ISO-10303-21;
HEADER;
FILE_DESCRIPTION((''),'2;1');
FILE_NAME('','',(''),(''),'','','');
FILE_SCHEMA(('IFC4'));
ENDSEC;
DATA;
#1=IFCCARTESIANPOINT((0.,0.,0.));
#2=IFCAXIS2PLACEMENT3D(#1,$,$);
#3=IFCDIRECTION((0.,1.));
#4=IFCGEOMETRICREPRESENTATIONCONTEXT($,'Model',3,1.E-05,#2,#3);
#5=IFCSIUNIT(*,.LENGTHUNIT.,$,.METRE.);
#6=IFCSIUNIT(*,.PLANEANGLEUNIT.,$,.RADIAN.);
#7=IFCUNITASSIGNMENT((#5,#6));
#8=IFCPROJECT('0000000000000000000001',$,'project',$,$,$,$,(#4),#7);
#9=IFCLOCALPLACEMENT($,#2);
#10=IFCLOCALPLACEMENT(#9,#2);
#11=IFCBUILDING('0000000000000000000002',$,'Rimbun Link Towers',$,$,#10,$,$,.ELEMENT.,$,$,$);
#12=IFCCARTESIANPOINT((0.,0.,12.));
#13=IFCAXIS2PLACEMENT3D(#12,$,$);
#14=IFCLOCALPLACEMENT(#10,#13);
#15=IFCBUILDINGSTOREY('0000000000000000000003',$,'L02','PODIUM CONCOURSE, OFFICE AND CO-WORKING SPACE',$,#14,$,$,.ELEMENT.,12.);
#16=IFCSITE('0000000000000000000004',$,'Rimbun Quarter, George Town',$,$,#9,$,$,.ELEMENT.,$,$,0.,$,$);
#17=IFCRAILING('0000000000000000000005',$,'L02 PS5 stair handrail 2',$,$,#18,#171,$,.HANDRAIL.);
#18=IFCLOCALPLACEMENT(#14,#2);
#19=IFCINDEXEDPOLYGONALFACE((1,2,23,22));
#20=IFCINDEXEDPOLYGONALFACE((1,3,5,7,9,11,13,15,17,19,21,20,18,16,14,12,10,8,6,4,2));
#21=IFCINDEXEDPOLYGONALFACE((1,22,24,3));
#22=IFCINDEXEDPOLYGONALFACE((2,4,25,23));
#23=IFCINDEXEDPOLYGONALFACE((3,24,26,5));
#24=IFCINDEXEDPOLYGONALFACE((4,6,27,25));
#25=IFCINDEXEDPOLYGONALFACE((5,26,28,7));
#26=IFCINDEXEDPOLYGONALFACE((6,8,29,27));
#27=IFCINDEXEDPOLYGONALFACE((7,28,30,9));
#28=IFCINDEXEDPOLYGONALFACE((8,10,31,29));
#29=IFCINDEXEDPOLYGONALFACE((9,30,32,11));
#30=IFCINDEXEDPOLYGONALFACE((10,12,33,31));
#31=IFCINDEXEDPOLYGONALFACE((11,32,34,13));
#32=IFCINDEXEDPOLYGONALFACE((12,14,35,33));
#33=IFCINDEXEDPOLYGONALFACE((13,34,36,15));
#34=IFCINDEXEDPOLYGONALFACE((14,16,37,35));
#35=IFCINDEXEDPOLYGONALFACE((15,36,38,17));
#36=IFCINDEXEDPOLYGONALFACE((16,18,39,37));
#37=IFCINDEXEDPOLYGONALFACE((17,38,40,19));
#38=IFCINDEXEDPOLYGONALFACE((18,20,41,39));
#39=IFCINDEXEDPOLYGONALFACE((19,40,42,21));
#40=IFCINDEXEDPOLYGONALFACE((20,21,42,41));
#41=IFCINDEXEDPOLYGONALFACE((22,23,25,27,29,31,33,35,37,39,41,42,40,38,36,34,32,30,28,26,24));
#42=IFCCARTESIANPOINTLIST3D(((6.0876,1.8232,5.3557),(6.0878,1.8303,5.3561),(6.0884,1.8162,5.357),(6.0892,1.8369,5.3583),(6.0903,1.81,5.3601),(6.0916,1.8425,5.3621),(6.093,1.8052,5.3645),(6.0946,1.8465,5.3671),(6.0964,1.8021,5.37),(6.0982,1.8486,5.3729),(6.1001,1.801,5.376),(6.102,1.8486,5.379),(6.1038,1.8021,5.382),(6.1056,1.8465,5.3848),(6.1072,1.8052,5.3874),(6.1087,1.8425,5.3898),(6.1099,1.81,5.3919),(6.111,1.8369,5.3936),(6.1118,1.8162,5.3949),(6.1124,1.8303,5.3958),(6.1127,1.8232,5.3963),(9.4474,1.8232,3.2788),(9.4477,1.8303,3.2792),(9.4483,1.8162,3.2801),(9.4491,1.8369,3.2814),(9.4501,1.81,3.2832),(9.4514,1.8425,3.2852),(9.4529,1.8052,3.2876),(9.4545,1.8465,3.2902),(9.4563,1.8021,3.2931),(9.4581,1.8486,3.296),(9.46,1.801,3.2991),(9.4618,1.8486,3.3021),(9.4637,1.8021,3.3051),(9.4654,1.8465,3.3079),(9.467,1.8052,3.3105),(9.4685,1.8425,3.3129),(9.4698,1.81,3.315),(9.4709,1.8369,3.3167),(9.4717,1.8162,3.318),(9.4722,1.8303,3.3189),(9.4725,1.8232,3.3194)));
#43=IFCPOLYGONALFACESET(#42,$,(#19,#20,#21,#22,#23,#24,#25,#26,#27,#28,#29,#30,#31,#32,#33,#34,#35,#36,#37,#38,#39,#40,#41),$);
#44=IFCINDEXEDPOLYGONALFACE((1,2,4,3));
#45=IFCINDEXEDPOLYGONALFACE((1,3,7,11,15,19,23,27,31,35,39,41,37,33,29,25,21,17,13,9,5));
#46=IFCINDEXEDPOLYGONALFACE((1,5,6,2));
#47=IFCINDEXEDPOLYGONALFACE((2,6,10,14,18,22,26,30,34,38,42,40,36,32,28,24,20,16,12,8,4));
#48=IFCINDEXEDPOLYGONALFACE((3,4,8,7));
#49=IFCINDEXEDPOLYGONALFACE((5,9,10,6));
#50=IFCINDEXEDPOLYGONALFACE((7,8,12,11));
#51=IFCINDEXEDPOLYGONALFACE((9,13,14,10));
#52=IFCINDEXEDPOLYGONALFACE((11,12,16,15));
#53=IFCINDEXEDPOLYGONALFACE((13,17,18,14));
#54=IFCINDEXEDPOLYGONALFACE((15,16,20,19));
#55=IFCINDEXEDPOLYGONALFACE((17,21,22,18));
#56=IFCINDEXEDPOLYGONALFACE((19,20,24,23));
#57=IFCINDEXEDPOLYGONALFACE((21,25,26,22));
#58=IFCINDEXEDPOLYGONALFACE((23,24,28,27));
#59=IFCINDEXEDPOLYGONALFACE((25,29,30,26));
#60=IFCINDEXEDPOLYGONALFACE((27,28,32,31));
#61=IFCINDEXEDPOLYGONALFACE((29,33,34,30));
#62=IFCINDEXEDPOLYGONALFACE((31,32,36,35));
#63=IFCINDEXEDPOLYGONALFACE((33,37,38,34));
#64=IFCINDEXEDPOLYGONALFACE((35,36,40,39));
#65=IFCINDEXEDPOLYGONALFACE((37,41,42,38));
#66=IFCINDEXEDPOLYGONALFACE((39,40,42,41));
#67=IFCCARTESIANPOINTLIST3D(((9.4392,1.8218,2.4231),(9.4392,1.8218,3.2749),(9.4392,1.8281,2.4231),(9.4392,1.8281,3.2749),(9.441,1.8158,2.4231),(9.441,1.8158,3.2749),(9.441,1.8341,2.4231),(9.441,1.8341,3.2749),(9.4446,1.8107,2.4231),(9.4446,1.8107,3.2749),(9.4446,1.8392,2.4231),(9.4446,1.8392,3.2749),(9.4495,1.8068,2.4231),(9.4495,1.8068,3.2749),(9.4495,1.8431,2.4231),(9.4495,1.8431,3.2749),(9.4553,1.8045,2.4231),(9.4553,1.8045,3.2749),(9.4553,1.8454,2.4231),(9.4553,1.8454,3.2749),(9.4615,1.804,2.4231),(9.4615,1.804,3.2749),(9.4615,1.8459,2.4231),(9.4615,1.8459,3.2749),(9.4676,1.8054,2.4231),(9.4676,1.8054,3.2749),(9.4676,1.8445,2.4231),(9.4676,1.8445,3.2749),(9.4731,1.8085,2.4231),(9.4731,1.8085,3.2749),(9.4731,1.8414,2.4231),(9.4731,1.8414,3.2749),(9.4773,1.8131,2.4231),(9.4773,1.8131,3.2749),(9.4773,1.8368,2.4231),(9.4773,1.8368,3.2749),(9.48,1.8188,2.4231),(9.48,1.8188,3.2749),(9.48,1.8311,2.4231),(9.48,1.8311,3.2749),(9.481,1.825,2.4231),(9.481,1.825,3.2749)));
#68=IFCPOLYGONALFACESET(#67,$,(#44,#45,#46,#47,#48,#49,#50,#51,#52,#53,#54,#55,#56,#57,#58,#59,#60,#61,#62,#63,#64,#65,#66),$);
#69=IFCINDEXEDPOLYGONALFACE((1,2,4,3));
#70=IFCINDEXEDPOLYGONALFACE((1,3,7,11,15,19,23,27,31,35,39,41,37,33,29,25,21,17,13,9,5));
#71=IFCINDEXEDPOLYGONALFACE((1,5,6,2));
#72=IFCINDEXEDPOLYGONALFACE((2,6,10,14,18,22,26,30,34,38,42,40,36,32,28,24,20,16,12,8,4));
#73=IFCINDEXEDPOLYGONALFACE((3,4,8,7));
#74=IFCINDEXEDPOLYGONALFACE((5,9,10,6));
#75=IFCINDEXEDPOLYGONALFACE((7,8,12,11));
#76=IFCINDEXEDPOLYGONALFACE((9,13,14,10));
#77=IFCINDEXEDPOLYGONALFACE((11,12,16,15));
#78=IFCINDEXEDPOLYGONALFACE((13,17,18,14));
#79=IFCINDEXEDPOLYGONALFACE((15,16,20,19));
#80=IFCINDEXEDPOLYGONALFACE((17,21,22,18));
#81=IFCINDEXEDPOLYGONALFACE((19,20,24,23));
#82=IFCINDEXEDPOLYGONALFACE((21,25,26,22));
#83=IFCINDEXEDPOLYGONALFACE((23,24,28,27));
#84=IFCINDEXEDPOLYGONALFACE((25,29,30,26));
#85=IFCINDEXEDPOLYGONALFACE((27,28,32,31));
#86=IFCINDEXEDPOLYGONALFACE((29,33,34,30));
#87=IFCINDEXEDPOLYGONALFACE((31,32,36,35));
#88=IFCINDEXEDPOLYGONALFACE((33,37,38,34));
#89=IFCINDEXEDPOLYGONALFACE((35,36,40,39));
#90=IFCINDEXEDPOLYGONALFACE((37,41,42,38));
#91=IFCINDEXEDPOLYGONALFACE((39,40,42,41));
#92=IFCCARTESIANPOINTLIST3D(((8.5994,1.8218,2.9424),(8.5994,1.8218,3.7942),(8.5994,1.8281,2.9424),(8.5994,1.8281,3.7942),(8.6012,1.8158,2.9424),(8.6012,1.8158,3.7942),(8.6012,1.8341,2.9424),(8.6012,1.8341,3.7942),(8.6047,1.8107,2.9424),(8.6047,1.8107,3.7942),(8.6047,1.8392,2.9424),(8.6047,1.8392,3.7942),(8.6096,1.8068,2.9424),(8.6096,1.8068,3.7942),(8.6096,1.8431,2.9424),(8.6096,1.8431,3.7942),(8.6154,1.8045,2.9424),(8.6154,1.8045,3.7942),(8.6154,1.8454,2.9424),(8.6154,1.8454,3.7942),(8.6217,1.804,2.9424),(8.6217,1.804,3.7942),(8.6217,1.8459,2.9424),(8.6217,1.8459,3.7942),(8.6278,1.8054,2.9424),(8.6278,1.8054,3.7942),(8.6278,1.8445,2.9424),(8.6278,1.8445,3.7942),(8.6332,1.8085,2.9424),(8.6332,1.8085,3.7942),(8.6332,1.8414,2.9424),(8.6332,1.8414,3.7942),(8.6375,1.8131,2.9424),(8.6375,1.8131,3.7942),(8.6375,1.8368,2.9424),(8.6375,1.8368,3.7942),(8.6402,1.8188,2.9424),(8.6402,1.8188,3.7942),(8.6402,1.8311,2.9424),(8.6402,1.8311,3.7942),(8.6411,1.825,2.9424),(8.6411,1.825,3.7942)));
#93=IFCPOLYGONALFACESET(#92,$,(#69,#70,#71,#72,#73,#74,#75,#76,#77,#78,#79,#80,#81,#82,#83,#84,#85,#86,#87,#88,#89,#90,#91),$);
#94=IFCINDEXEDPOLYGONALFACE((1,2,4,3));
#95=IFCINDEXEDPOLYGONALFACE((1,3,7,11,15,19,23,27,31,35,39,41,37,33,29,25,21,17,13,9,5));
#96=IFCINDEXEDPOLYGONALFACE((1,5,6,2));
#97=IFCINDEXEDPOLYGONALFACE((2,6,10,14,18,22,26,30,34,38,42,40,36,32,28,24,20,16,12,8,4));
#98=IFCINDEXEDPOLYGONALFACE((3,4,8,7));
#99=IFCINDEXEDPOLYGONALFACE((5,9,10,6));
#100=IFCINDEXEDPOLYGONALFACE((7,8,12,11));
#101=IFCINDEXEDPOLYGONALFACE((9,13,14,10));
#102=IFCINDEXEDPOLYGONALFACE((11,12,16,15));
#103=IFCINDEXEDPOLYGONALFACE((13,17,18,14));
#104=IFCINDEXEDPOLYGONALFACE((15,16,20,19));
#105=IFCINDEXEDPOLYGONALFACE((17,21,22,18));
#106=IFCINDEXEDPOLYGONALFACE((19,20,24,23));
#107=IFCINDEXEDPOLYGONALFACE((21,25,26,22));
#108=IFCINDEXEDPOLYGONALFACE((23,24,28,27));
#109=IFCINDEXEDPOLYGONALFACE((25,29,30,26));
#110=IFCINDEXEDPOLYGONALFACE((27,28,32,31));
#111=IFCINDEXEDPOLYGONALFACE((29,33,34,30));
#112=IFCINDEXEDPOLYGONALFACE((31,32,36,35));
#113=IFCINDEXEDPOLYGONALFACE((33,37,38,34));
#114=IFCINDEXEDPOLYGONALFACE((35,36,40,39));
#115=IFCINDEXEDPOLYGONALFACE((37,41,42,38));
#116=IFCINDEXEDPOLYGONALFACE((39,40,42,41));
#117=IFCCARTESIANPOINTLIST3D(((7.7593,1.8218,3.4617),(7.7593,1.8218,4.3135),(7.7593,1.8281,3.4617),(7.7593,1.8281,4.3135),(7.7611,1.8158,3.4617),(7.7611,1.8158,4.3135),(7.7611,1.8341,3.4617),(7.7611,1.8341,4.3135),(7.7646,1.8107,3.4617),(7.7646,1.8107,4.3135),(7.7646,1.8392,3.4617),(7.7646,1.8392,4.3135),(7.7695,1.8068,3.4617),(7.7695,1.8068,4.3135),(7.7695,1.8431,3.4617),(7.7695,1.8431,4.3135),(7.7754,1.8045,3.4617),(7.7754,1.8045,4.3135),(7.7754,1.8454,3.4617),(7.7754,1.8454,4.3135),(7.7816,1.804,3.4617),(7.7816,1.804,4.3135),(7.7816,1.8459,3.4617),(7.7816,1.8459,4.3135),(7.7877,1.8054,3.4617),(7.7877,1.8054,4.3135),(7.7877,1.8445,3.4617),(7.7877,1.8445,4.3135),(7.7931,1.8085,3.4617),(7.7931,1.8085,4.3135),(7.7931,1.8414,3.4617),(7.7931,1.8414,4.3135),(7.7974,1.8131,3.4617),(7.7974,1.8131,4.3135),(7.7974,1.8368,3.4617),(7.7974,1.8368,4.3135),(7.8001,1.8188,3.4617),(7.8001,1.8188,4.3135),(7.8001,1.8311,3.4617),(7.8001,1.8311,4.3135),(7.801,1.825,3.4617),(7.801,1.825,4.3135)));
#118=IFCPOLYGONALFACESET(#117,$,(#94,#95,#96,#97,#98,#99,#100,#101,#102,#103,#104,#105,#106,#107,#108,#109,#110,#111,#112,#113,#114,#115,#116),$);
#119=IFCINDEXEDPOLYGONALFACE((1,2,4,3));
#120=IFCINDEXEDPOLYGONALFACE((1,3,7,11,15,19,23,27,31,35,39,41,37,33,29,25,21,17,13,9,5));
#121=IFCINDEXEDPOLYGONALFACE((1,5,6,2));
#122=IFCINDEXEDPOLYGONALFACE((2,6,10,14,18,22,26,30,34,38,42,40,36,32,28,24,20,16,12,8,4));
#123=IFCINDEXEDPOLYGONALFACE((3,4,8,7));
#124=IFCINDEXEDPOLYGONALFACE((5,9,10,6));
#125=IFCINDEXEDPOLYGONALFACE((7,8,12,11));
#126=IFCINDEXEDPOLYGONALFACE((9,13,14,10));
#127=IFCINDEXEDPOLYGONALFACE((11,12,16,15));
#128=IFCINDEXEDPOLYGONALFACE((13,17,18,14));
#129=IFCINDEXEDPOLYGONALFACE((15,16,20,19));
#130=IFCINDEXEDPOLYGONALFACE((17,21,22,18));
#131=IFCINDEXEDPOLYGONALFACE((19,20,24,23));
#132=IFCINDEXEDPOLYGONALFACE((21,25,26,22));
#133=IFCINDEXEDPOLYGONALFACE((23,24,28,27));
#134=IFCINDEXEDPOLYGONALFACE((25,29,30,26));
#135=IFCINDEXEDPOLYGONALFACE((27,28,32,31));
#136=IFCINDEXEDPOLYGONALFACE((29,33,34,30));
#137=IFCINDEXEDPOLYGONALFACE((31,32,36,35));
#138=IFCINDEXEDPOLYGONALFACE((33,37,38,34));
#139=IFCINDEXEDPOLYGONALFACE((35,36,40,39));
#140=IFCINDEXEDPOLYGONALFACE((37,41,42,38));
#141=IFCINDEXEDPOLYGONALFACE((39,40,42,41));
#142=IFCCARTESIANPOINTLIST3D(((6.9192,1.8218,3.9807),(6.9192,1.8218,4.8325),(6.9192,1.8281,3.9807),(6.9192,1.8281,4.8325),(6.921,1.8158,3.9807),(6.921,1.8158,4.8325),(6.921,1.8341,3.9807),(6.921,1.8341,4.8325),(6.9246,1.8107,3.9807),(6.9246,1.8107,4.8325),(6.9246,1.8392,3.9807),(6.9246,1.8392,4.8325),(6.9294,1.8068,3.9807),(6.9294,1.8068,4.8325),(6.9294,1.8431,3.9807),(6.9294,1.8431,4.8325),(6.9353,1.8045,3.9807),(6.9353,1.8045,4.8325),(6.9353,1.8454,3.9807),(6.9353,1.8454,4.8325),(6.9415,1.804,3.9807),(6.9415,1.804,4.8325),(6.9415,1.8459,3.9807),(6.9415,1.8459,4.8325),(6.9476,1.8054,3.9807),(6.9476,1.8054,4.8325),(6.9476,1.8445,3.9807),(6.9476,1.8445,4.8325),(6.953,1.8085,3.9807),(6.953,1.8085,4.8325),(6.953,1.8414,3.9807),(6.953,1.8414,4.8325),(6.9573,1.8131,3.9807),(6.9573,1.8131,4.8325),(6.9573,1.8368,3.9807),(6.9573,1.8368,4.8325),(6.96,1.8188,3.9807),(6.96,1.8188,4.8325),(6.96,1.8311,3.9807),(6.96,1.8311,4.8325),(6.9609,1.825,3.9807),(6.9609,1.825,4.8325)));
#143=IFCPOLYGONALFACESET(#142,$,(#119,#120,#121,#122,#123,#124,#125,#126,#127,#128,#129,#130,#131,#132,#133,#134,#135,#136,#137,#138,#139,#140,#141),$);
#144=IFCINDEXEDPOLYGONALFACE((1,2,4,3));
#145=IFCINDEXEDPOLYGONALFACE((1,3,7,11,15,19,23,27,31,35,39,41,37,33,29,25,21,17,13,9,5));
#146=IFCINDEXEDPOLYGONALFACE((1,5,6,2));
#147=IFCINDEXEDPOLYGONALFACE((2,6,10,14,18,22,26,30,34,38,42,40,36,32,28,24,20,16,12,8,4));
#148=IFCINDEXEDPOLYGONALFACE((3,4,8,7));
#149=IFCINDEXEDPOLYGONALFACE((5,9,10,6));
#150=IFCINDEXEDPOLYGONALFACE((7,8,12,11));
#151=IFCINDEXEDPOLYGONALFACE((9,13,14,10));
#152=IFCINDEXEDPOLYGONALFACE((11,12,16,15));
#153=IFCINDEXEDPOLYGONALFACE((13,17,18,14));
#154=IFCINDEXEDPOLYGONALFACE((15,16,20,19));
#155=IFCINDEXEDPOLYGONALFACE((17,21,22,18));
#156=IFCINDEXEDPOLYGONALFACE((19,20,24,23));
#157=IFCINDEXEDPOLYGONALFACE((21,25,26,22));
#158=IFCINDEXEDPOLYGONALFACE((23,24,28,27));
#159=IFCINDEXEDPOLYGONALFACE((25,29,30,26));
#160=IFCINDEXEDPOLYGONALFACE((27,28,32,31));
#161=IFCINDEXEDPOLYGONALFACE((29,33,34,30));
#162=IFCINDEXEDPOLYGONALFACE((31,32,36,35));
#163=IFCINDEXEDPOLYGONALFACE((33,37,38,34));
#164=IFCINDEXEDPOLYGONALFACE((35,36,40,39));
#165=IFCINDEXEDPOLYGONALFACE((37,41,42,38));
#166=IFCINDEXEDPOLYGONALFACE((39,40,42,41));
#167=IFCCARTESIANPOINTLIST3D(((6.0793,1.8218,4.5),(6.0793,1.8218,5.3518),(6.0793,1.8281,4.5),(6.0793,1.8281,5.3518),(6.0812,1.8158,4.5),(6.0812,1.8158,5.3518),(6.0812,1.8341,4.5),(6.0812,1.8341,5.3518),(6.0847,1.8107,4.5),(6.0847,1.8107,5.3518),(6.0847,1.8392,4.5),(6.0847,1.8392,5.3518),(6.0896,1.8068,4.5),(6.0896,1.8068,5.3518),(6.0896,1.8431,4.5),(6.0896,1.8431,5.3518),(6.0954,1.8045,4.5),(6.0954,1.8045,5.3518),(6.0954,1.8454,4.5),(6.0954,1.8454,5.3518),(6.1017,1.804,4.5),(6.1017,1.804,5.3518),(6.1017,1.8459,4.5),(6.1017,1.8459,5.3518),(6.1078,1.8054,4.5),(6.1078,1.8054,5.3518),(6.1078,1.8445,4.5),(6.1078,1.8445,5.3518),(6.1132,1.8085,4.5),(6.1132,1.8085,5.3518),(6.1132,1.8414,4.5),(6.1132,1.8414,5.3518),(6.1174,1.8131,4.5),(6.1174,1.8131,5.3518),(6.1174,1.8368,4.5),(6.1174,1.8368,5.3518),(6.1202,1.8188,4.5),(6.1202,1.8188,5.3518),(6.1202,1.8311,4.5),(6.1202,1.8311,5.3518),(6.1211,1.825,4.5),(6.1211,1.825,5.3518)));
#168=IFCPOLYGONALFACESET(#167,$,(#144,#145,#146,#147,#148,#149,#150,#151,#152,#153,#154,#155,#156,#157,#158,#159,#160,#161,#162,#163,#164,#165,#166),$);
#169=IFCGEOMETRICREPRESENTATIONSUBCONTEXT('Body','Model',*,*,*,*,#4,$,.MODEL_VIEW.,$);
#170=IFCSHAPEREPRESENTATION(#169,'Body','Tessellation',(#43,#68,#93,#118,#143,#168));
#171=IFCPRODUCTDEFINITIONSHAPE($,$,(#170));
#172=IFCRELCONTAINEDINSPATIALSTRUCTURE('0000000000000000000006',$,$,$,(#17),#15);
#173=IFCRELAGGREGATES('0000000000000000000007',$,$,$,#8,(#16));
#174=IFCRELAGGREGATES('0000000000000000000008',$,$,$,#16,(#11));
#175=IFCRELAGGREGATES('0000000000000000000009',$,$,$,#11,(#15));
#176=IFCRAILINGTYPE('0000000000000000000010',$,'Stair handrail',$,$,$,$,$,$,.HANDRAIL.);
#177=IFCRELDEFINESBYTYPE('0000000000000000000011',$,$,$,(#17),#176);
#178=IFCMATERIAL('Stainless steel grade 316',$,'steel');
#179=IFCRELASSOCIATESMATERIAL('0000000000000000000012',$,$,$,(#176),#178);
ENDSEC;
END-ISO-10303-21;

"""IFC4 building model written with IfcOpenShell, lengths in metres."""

from ifc_helpers import new_model, si_unit, direction, frame, origin, origin_2d, place, context, subcontext, project, spatial, circle, extrude, material, type_object, element, save


model = new_model("IFC4")

# Units and contexts
model_context = context("Model", 3, precision=1e-05, world=origin(), true_north=direction((0.0, 1.0)))
body_context = subcontext(model_context, "Body", "Model", "MODEL_VIEW")
ifc_project = project(units=[si_unit("LENGTHUNIT", "METRE"), si_unit("PLANEANGLEUNIT", "RADIAN")], contexts=[model_context])

# Site, building, storey
site_placement = place(None, origin())
site = spatial("IfcSite", under=ifc_project, at=site_placement, Name="Rimbun Quarter, George Town", CompositionType="ELEMENT", RefElevation=0.0)
building_placement = place(site_placement, origin())
building = spatial("IfcBuilding", under=site, at=building_placement, Name="Rimbun Link Towers", CompositionType="ELEMENT")
storey_placement = place(building_placement, frame((0.0, 0.0, 12.0)))
storey = spatial("IfcBuildingStorey", under=building, at=storey_placement, Name="L02", Description="PODIUM CONCOURSE, OFFICE AND CO-WORKING SPACE", CompositionType="ELEMENT", Elevation=12.0)

# Railing
ifc_material_1 = material(Name="Stainless steel grade 316", Category="steel")
railing_type_1 = type_object("IfcRailingType", Name="Stair handrail", PredefinedType="HANDRAIL", material=ifc_material_1)
railing_1_placement = place(storey_placement, frame((9.46, 1.825, 2.4231)))
element("IfcRailing", 1, at=railing_1_placement, inside=storey, type_object=railing_type_1, Name="L02 PS5 stair handrail 2", PredefinedType="HANDRAIL", context=body_context, shape_type="SweptSolid", body=[
    extrude(circle(Radius=0.0239, at=origin_2d()), frame((0.0, 0.0, 0.876), z_axis=(-0.850606, 0.0, 0.525803), x_axis=(0.0, -1.0, 0.0)), (0.0, 0.0, 1.0), 3.95),
    extrude(circle(Radius=0.021, at=origin_2d()), origin(), (0.0, 0.0, 1.0), 0.8518),
    extrude(circle(Radius=0.021, at=origin_2d()), frame((-0.8398, 0.0, 0.5193)), (0.0, 0.0, 1.0), 0.8518),
    extrude(circle(Radius=0.021, at=origin_2d()), frame((-1.6799, 0.0, 1.0386)), (0.0, 0.0, 1.0), 0.8518),
    extrude(circle(Radius=0.021, at=origin_2d()), frame((-2.52, 0.0, 1.5576)), (0.0, 0.0, 1.0), 0.8518),
    extrude(circle(Radius=0.021, at=origin_2d()), frame((-3.3599, 0.0, 2.0769)), (0.0, 0.0, 1.0), 0.8518),
])

save(model, "model.ifc")
